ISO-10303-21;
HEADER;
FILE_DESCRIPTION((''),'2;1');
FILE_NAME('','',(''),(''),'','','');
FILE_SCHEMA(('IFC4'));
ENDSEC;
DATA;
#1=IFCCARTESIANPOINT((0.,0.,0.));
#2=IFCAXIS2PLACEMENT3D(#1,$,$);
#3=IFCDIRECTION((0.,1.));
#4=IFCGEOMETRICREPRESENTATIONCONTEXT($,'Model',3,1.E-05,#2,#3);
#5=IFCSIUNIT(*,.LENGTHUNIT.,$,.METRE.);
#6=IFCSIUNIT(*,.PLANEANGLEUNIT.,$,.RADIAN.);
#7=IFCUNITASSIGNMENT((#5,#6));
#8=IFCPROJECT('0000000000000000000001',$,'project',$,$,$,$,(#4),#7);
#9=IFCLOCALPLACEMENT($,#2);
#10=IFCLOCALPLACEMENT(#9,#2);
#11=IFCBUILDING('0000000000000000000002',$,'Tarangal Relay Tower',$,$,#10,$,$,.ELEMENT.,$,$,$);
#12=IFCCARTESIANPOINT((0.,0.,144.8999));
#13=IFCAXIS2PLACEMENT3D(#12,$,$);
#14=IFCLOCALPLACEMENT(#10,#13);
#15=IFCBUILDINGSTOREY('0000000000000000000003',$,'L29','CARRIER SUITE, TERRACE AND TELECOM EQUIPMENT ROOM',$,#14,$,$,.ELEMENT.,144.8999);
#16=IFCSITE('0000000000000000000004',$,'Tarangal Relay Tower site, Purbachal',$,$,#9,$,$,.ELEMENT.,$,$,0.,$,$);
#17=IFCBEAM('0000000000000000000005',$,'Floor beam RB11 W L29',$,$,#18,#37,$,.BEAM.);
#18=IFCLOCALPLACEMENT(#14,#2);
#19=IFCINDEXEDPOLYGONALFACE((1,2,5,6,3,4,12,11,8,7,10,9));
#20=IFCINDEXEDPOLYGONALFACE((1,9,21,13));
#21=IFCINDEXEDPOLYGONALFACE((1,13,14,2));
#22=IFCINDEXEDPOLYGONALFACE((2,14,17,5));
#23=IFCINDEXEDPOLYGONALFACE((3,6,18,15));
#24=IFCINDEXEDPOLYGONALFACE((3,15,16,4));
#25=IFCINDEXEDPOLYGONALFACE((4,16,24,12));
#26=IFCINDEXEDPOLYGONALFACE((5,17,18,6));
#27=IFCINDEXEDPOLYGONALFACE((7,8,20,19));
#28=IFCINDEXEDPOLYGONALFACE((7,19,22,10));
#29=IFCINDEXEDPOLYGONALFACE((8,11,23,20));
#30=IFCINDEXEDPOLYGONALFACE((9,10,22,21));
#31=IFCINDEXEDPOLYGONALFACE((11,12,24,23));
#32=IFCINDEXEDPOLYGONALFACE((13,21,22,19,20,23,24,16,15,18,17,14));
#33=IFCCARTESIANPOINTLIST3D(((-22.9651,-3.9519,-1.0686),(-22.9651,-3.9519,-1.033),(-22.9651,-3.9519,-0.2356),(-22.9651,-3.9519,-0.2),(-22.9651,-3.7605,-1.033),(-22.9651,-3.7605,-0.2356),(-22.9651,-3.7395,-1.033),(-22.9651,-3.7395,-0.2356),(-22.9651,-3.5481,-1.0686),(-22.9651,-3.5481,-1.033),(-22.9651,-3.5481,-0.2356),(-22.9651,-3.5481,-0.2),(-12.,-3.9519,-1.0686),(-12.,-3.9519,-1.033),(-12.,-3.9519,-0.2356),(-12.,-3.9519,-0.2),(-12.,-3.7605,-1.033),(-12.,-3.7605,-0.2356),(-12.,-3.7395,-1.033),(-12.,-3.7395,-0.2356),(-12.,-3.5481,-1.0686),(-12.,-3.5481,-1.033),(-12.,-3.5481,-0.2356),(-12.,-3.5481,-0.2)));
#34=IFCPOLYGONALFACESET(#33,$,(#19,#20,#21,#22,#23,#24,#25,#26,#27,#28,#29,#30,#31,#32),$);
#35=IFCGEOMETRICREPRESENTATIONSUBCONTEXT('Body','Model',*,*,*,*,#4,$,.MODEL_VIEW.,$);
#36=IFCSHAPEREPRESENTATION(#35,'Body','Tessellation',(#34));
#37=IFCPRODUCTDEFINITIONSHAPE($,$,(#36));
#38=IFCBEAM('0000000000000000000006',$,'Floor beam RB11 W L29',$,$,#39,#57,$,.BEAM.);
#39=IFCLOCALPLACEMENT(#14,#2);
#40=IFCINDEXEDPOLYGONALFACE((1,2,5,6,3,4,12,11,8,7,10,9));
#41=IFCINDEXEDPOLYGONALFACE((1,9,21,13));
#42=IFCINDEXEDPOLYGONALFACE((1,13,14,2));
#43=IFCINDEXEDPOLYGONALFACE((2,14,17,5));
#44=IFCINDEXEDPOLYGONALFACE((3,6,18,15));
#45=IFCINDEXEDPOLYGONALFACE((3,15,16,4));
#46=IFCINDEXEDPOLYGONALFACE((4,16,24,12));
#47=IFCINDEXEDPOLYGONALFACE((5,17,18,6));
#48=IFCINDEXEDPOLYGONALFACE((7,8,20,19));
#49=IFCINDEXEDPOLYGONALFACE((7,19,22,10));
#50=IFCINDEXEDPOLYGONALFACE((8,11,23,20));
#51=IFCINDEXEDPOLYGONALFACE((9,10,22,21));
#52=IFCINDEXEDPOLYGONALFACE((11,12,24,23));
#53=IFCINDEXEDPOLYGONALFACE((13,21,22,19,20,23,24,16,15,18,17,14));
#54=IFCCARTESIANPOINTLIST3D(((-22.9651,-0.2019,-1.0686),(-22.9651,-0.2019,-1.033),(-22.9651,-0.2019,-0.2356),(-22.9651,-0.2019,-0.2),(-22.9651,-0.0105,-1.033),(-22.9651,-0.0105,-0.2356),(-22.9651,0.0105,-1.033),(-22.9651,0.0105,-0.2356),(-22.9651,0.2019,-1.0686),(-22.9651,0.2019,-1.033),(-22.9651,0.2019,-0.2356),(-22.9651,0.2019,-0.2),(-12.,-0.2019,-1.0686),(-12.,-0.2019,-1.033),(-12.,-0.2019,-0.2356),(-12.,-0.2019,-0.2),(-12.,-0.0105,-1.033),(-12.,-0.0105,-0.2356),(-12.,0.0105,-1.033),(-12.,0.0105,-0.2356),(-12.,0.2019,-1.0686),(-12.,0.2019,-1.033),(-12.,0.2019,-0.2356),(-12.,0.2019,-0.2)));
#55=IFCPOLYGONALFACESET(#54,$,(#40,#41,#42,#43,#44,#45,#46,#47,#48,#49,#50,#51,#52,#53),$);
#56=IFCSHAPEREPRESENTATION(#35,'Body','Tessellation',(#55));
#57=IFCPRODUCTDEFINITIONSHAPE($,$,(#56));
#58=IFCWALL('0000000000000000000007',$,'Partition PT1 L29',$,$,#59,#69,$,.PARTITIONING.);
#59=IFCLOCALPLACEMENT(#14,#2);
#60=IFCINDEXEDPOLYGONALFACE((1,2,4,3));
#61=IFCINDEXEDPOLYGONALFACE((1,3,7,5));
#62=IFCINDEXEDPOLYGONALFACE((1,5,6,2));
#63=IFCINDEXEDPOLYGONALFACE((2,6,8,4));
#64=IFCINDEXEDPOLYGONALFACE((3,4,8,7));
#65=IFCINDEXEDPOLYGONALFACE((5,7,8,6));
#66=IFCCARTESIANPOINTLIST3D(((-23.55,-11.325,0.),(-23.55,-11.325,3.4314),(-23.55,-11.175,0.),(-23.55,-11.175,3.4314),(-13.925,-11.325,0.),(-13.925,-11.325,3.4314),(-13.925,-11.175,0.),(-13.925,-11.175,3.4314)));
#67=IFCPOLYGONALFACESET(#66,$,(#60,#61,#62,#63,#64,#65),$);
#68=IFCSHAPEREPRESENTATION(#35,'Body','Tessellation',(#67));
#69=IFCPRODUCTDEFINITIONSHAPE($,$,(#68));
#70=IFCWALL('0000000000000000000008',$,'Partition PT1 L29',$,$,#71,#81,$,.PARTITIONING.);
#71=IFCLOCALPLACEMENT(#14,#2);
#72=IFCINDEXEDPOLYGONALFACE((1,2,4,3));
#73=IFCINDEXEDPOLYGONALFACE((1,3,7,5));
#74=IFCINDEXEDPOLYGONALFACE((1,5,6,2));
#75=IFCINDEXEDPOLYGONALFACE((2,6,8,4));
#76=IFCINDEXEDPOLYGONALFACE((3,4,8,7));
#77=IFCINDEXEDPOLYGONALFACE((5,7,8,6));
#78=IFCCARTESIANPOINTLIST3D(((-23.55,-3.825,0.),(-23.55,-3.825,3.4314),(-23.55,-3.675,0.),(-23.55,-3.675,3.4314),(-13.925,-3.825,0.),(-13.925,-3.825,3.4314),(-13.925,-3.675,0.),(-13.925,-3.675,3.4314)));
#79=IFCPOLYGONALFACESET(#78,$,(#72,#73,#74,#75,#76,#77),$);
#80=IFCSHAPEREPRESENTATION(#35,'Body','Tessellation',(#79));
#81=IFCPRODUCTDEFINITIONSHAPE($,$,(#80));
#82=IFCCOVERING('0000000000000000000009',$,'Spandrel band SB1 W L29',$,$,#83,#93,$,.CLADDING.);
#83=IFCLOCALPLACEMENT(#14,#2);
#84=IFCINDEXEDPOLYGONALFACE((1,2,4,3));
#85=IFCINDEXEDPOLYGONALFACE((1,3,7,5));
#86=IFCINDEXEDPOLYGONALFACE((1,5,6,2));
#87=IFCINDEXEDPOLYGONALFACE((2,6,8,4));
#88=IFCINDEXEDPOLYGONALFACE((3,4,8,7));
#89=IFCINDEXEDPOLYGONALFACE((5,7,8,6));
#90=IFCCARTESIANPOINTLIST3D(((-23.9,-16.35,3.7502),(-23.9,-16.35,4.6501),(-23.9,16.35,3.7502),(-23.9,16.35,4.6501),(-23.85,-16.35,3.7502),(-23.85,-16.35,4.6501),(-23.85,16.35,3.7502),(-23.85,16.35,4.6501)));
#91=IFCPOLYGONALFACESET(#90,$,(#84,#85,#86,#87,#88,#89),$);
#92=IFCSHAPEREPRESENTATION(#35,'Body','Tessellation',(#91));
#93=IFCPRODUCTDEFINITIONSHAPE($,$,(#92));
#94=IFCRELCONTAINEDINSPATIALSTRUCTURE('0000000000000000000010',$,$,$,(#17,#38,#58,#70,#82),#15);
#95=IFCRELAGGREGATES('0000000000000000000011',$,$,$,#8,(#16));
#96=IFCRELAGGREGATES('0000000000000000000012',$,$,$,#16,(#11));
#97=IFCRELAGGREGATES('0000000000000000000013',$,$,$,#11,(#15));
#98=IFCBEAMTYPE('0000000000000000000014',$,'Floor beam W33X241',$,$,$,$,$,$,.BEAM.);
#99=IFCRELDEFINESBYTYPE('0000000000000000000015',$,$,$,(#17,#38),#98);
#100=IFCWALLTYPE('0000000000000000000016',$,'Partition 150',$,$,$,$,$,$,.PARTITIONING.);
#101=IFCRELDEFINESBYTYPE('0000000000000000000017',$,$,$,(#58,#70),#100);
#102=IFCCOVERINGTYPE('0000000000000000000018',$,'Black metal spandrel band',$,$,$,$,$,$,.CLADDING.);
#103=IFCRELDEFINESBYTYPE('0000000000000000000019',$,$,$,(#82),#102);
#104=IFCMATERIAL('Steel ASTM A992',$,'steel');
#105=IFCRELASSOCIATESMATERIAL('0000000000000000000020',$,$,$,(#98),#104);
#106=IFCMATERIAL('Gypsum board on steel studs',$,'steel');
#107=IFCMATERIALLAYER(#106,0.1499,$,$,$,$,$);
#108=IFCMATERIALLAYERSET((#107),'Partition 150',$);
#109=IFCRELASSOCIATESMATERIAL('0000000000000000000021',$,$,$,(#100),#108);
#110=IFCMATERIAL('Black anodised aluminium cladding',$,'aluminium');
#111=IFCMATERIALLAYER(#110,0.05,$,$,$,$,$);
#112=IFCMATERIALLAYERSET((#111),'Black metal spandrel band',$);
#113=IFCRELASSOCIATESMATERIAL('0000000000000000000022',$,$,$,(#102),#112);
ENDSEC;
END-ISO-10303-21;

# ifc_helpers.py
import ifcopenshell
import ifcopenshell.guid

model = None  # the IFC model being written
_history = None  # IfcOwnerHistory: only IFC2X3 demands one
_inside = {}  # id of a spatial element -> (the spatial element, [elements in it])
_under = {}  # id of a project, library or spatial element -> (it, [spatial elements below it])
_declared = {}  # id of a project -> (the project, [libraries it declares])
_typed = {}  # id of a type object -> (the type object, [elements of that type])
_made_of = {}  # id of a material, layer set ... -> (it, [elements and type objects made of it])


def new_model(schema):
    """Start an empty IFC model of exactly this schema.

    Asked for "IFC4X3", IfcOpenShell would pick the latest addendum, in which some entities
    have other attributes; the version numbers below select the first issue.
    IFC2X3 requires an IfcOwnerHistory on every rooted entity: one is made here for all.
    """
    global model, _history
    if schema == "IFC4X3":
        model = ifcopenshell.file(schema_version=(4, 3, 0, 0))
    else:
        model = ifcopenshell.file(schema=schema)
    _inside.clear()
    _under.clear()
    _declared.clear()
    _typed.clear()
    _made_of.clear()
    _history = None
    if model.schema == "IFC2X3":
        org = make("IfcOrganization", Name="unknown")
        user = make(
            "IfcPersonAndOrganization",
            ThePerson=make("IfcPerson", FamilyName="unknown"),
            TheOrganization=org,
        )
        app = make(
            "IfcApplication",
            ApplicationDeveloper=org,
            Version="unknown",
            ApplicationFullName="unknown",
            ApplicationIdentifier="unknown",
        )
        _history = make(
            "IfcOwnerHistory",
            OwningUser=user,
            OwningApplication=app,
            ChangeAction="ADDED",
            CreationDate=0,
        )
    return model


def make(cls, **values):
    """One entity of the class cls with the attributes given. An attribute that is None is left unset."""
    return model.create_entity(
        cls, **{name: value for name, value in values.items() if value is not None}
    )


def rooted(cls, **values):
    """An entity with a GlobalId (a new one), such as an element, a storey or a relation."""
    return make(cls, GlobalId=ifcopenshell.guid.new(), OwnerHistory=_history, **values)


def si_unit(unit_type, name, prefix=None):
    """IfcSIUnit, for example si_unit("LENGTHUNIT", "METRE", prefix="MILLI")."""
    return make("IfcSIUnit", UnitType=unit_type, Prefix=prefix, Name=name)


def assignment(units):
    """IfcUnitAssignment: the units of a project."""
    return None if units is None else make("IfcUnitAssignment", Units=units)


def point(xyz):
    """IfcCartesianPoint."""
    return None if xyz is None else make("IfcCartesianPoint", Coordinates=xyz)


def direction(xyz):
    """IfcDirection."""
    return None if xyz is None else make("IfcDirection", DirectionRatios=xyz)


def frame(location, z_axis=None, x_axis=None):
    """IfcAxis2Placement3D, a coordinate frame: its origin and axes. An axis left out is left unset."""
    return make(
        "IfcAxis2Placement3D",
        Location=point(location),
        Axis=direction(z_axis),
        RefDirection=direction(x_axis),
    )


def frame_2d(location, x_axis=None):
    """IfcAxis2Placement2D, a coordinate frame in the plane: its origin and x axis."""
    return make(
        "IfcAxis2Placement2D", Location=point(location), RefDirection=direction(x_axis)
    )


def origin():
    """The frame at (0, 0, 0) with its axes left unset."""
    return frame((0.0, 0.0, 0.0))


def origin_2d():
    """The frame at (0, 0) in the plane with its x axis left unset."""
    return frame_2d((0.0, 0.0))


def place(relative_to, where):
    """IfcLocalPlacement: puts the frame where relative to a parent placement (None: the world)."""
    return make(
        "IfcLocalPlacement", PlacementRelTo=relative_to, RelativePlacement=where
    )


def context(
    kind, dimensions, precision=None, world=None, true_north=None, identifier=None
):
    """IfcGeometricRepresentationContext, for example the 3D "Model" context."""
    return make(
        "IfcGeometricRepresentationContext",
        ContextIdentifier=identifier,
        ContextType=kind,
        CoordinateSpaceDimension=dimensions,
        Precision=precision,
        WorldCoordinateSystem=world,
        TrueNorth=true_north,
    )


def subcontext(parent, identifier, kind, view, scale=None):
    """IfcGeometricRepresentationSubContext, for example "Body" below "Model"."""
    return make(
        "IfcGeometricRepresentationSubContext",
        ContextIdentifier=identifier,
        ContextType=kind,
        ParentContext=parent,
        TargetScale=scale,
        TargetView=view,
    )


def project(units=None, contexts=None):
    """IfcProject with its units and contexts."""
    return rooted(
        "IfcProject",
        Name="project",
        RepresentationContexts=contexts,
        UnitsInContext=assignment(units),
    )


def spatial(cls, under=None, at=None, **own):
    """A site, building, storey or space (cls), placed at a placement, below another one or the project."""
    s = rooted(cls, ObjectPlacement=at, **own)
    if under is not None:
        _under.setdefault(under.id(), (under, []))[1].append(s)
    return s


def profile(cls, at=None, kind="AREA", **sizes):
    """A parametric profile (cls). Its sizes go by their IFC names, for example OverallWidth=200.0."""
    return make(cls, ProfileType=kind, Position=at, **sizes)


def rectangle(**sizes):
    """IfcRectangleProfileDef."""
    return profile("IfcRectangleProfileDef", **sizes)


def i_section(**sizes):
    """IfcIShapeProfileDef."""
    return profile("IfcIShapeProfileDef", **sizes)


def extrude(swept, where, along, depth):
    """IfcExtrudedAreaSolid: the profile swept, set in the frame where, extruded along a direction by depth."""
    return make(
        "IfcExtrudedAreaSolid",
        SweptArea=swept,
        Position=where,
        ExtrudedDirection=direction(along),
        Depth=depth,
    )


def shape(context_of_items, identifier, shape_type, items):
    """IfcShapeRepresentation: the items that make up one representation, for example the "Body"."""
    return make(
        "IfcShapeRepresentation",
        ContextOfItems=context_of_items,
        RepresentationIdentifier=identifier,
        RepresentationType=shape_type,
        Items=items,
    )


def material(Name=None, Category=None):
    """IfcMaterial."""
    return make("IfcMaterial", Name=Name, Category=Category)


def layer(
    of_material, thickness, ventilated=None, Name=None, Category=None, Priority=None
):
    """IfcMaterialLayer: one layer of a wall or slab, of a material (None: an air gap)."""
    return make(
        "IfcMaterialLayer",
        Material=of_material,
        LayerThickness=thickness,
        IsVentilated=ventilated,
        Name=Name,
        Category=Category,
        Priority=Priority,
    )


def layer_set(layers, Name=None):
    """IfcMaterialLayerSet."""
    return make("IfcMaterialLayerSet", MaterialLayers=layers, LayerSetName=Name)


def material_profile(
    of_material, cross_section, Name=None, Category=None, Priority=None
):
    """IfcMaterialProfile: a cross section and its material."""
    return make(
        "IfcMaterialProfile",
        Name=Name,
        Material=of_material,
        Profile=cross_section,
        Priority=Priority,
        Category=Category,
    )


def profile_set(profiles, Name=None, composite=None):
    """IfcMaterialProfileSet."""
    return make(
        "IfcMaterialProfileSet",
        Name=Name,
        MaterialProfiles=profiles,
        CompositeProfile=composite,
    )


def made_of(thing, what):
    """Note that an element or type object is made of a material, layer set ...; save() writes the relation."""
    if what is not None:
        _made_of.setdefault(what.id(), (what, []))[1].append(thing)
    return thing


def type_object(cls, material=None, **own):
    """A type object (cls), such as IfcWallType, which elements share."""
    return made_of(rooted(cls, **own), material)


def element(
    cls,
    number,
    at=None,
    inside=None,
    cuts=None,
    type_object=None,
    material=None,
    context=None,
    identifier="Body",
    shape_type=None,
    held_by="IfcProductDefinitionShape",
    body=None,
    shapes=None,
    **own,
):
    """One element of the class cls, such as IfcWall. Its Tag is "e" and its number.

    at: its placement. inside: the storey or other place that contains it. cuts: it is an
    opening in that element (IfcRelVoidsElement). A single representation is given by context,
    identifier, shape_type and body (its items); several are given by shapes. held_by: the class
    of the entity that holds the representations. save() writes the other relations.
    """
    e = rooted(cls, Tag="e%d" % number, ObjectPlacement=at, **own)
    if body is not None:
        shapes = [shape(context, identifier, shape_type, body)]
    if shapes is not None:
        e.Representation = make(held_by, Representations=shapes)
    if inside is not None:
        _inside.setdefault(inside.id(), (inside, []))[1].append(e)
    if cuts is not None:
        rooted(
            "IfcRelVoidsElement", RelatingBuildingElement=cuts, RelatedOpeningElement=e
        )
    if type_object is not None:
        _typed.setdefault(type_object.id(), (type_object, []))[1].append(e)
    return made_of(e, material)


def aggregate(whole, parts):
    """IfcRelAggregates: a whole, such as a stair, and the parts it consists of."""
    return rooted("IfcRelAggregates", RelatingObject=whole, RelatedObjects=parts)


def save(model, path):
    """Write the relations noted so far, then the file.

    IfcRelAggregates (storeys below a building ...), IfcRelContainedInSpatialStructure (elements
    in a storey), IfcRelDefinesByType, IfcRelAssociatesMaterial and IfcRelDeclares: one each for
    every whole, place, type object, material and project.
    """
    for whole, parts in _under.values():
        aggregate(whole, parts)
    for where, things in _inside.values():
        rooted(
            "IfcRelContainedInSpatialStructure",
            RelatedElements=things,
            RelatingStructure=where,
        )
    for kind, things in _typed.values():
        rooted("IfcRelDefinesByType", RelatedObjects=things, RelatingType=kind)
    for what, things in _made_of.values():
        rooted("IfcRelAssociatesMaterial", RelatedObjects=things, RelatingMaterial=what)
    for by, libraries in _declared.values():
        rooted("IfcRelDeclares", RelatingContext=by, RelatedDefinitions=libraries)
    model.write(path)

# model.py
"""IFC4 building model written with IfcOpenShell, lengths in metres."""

from ifc_helpers import new_model, si_unit, direction, frame, frame_2d, origin, origin_2d, place, context, subcontext, project, spatial, rectangle, i_section, extrude, material, layer, layer_set, material_profile, profile_set, type_object, element, save


model = new_model("IFC4")

# Units and contexts
model_context = context("Model", 3, precision=1e-05, world=origin(), true_north=direction((0.0, 1.0)))
body_context = subcontext(model_context, "Body", "Model", "MODEL_VIEW")
ifc_project = project(units=[si_unit("LENGTHUNIT", "METRE"), si_unit("PLANEANGLEUNIT", "RADIAN")], contexts=[model_context])

# Site, building, storey
site_placement = place(None, origin())
site = spatial("IfcSite", under=ifc_project, at=site_placement, Name="Tarangal Relay Tower site, Purbachal", CompositionType="ELEMENT", RefElevation=0.0)
building_placement = place(site_placement, origin())
building = spatial("IfcBuilding", under=site, at=building_placement, Name="Tarangal Relay Tower", CompositionType="ELEMENT")
storey_placement = place(building_placement, frame((0.0, 0.0, 144.8999)))
storey = spatial("IfcBuildingStorey", under=building, at=storey_placement, Name="L29", Description="CARRIER SUITE, TERRACE AND TELECOM EQUIPMENT ROOM", CompositionType="ELEMENT", Elevation=144.8999)

# Beams
ifc_material_1 = material(Name="Steel ASTM A992", Category="steel")
ifc_material_profile_1 = material_profile(ifc_material_1, i_section(OverallWidth=0.4038, OverallDepth=0.8687, WebThickness=0.021, FlangeThickness=0.0356, at=origin_2d()), Name="W33X241")
ifc_profile_set_1 = profile_set([ifc_material_profile_1], Name="Steel ASTM A992")
beam_type_1 = type_object("IfcBeamType", Name="Floor beam W33X241", PredefinedType="BEAM", material=ifc_profile_set_1)
for number, where, z_axis, x_axis, name in (
    (1, (-12.0, -3.75, -0.6343), (-1.0, 0.0, 0.0), (0.0, -1.0, 0.0), "Floor beam RB11 W L29"),
    (2, (-12.0, 0.0, -0.6343), (-1.0, 0.0, 0.0), (0.0, -1.0, 0.0), "Floor beam RB11 W L29"),
):
    element("IfcBeam", number, at=place(storey_placement, frame(where, z_axis=z_axis, x_axis=x_axis)), inside=storey, type_object=beam_type_1, Name=name, PredefinedType="BEAM", context=body_context, shape_type="SweptSolid", body=[
        extrude(i_section(OverallWidth=0.4038, OverallDepth=0.8687, WebThickness=0.021, FlangeThickness=0.0356, at=origin_2d()), origin(), (0.0, 0.0, 1.0), 10.9651),
    ])

# Walls
ifc_material_2 = material(Name="Gypsum board on steel studs", Category="steel")
ifc_layer_1 = layer(ifc_material_2, 0.1499)
ifc_layer_set_1 = layer_set([ifc_layer_1], Name="Partition 150")
wall_type = type_object("IfcWallType", Name="Partition 150", PredefinedType="PARTITIONING", material=ifc_layer_set_1)
for number, where, z_axis, x_axis, name in (
    (3, (-23.55, -11.25, 0.0), (0.0, 0.0, 1.0), (1.0, 0.0, 0.0), "Partition PT1 L29"),
    (4, (-23.55, -3.75, 0.0), (0.0, 0.0, 1.0), (1.0, 0.0, 0.0), "Partition PT1 L29"),
):
    element("IfcWall", number, at=place(storey_placement, frame(where, z_axis=z_axis, x_axis=x_axis)), inside=storey, type_object=wall_type, Name=name, PredefinedType="PARTITIONING", context=body_context, shape_type="SweptSolid", body=[
        extrude(rectangle(XDim=9.625, YDim=0.1499, at=frame_2d((4.8125, 0.0))), origin(), (0.0, 0.0, 1.0), 3.4314),
    ])

# Covering
ifc_material_3 = material(Name="Black anodised aluminium cladding", Category="aluminium")
ifc_layer_2 = layer(ifc_material_3, 0.05)
ifc_layer_set_2 = layer_set([ifc_layer_2], Name="Black metal spandrel band")
covering_type = type_object("IfcCoveringType", Name="Black metal spandrel band", PredefinedType="CLADDING", material=ifc_layer_set_2)
covering_placement = place(storey_placement, frame((-23.875, 0.0, 3.7502), z_axis=(0.0, 0.0, 1.0), x_axis=(0.0, 1.0, 0.0)))
element("IfcCovering", 5, at=covering_placement, inside=storey, type_object=covering_type, Name="Spandrel band SB1 W L29", PredefinedType="CLADDING", context=body_context, shape_type="SweptSolid", body=[
    extrude(rectangle(XDim=32.7, YDim=0.05, at=origin_2d()), origin(), (0.0, 0.0, 1.0), 0.8999),
])

save(model, "model.ifc")
